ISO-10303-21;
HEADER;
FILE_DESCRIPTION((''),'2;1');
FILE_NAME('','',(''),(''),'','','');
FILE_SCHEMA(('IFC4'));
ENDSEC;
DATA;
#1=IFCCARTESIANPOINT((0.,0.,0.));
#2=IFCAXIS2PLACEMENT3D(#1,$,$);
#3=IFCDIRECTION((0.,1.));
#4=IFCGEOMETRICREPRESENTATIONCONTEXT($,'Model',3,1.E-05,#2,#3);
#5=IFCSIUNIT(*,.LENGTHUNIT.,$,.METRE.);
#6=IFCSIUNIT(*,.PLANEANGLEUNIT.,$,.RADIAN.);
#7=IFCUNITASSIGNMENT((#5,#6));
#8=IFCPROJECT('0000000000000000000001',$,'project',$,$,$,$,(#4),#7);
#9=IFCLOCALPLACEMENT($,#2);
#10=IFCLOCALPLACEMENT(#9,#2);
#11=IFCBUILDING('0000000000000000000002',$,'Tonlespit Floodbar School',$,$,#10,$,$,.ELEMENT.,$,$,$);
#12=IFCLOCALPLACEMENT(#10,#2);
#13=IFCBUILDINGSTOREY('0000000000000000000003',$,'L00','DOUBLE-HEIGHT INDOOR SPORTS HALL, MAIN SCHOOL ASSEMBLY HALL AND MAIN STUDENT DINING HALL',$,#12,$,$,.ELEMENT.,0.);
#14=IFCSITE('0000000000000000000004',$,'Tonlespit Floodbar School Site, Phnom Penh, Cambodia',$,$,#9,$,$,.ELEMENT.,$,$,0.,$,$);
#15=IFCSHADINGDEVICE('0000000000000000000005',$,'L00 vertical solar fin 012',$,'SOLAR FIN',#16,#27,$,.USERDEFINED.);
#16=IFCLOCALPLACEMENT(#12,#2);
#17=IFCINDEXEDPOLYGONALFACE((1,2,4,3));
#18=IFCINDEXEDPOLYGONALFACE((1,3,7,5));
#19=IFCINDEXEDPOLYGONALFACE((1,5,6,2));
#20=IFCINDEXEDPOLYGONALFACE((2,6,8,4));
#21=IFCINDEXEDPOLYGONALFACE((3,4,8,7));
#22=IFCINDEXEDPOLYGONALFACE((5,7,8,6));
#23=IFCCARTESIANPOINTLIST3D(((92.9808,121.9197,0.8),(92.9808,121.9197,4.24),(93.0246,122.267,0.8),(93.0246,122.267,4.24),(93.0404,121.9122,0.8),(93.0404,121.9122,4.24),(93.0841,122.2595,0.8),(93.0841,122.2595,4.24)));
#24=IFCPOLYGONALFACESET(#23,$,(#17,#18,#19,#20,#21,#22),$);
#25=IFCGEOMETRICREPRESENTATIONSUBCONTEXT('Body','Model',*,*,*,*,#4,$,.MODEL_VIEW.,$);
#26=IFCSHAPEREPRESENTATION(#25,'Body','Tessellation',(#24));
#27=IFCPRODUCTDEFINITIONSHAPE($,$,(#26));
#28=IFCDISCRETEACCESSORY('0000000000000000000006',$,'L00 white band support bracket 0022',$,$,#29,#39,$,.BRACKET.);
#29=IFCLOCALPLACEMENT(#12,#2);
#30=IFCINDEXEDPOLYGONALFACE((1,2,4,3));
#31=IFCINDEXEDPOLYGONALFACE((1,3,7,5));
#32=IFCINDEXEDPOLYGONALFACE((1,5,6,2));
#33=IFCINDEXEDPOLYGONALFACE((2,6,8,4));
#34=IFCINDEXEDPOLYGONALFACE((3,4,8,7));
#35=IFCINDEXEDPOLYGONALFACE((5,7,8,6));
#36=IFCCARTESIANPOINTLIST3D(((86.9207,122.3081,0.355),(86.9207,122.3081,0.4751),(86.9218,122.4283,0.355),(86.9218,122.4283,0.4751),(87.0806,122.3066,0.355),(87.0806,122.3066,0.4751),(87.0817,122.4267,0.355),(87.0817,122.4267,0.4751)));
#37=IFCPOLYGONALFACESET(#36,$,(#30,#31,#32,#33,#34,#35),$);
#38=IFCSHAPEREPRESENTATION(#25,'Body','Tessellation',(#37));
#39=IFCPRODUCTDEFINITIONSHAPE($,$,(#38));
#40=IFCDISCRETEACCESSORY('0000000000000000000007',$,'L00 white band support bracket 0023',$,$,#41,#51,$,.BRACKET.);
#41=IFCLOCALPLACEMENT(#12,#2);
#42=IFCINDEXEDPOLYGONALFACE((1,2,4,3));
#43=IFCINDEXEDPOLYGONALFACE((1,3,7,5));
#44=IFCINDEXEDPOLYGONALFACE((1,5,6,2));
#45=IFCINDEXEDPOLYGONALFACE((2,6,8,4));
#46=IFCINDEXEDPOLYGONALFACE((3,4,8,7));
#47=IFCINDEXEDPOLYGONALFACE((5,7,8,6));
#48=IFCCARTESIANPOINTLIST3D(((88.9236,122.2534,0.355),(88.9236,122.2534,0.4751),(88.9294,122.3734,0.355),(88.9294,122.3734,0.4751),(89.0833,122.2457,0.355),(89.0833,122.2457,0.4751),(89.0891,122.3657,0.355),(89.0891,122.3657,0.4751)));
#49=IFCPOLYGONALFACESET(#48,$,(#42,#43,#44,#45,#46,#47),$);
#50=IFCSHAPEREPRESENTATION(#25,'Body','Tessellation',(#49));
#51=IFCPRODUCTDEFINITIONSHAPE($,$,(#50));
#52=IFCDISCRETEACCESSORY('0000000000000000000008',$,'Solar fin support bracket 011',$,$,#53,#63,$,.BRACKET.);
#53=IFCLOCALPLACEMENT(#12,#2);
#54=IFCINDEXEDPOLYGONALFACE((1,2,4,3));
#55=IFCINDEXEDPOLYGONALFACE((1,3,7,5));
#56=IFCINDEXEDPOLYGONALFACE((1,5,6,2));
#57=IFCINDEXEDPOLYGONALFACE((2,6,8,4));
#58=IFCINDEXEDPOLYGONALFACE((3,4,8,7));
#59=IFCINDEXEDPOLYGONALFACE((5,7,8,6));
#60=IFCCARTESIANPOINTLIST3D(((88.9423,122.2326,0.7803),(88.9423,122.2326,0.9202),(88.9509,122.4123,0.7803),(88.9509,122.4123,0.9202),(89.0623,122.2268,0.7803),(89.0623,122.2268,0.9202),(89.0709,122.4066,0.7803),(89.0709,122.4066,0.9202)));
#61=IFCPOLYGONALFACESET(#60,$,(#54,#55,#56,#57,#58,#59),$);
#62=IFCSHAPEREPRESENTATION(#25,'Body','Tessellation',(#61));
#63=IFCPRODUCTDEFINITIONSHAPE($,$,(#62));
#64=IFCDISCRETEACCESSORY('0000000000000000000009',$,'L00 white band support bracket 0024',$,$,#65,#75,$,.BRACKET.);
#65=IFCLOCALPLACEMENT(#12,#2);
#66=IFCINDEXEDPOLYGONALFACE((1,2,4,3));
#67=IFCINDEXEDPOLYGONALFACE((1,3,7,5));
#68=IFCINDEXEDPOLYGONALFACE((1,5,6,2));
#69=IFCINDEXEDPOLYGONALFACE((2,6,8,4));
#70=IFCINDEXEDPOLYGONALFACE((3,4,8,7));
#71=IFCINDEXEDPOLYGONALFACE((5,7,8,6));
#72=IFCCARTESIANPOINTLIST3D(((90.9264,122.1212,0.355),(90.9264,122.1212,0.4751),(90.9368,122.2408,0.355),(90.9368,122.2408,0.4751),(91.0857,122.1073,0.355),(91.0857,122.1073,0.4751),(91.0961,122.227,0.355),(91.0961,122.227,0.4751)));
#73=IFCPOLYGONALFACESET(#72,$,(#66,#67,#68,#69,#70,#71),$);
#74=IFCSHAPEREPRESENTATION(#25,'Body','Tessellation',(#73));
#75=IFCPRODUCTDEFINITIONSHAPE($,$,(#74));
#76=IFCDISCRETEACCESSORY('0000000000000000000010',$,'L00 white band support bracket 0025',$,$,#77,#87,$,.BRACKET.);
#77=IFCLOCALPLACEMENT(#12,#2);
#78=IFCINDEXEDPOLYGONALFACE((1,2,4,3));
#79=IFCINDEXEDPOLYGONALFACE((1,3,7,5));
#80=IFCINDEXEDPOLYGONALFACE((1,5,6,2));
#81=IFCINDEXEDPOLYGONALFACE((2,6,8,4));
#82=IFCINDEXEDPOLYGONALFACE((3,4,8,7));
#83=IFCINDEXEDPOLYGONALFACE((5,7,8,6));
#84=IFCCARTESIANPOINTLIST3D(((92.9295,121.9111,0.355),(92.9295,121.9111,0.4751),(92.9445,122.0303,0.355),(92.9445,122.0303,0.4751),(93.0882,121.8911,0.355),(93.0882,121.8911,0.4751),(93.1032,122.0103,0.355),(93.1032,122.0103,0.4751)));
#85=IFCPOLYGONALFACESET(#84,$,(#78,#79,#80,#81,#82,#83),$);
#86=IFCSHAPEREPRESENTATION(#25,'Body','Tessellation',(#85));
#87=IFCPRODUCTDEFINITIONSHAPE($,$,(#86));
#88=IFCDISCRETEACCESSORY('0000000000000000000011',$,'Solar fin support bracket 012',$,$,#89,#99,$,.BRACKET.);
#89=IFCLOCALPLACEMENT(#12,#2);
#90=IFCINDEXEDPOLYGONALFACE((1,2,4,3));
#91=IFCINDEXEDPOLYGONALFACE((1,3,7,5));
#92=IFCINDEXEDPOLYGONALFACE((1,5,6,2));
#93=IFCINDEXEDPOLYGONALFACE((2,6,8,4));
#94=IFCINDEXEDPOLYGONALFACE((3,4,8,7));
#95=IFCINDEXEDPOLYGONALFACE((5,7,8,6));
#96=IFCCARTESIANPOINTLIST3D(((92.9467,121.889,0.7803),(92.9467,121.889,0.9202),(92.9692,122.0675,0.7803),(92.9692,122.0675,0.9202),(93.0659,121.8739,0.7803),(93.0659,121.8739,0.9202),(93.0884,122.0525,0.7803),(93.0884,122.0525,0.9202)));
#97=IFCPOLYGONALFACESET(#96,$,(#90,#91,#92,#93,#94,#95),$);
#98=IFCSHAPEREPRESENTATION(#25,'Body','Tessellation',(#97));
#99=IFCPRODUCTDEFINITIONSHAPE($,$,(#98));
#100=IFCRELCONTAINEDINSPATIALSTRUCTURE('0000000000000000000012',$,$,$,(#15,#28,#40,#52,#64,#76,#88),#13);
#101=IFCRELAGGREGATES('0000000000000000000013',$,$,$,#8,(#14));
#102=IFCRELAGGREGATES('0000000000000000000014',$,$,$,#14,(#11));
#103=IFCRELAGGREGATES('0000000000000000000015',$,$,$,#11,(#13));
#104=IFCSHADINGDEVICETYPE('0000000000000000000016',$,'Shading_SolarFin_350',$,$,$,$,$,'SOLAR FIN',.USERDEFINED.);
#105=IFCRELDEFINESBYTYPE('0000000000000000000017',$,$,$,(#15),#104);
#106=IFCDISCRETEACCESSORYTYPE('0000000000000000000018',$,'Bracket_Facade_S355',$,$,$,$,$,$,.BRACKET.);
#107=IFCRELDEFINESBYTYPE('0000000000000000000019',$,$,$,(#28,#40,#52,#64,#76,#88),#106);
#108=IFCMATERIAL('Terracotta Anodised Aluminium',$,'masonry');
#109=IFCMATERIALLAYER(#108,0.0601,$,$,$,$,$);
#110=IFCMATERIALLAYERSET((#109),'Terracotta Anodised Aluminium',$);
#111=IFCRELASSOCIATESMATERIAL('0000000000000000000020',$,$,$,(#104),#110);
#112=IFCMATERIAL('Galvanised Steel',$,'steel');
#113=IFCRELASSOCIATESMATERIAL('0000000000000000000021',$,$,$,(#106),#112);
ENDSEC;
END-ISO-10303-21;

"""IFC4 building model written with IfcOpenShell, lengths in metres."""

from ifc_helpers import new_model, si_unit, direction, frame, origin, origin_2d, place, context, subcontext, project, spatial, rectangle, extrude, material, layer, layer_set, type_object, element, save


model = new_model("IFC4")

# Units and contexts
model_context = context("Model", 3, precision=1e-05, world=origin(), true_north=direction((0.0, 1.0)))
body_context = subcontext(model_context, "Body", "Model", "MODEL_VIEW")
ifc_project = project(units=[si_unit("LENGTHUNIT", "METRE"), si_unit("PLANEANGLEUNIT", "RADIAN")], contexts=[model_context])

# Site, building, storey
site_placement = place(None, origin())
site = spatial("IfcSite", under=ifc_project, at=site_placement, Name="Tonlespit Floodbar School Site, Phnom Penh, Cambodia", CompositionType="ELEMENT", RefElevation=0.0)
building_placement = place(site_placement, origin())
building = spatial("IfcBuilding", under=site, at=building_placement, Name="Tonlespit Floodbar School", CompositionType="ELEMENT")
storey_placement = place(building_placement, origin())
storey = spatial("IfcBuildingStorey", under=building, at=storey_placement, Name="L00", Description="DOUBLE-HEIGHT INDOOR SPORTS HALL, MAIN SCHOOL ASSEMBLY HALL AND MAIN STUDENT DINING HALL", CompositionType="ELEMENT", Elevation=0.0)

# Shading device
ifc_material_1 = material(Name="Terracotta Anodised Aluminium", Category="masonry")
ifc_layer_1 = layer(ifc_material_1, 0.0601)
ifc_layer_set_1 = layer_set([ifc_layer_1], Name="Terracotta Anodised Aluminium")
shading_device_type = type_object("IfcShadingDeviceType", Name="Shading_SolarFin_350", ElementType="SOLAR FIN", PredefinedType="USERDEFINED", material=ifc_layer_set_1)
for number, where, z_axis, x_axis, name in (
    (1, (93.0325, 122.0896, 0.8), (0.0, 0.0, 1.0), (0.992155, -0.125011, 0.0), "L00 vertical solar fin 012"),
):
    element("IfcShadingDevice", number, at=place(storey_placement, frame(where, z_axis=z_axis, x_axis=x_axis)), inside=storey, type_object=shading_device_type, Name=name, ObjectType="SOLAR FIN", PredefinedType="USERDEFINED", context=body_context, shape_type="SweptSolid", body=[
        extrude(rectangle(XDim=0.0601, YDim=0.3501, at=origin_2d()), origin(), (0.0, 0.0, 1.0), 3.4399),
    ])

# Discrete accessories
ifc_material_2 = material(Name="Galvanised Steel", Category="steel")
discrete_accessory_type = type_object("IfcDiscreteAccessoryType", Name="Bracket_Facade_S355", PredefinedType="BRACKET", material=ifc_material_2)
for number, where, z_axis, x_axis, name in (
    (2, (87.0012, 122.3674, 0.355), (0.0, 0.0, 1.0), (0.999954, -0.009599, 0.0), "L00 white band support bracket 0022"),
    (3, (89.0063, 122.3096, 0.355), (0.0, 0.0, 1.0), (0.998843, -0.048095, 0.0), "L00 white band support bracket 0023"),
):
    element("IfcDiscreteAccessory", number, at=place(storey_placement, frame(where, z_axis=z_axis, x_axis=x_axis)), inside=storey, type_object=discrete_accessory_type, Name=name, PredefinedType="BRACKET", context=body_context, shape_type="SweptSolid", body=[
        extrude(rectangle(XDim=0.1599, YDim=0.1201, at=origin_2d()), origin(), (0.0, 0.0, 1.0), 0.1201),
    ])
discrete_accessory_1_placement = place(storey_placement, frame((89.0066, 122.3196, 0.7803), z_axis=(0.0, 0.0, 1.0), x_axis=(0.998843, -0.048095, 0.0)))
element("IfcDiscreteAccessory", 4, at=discrete_accessory_1_placement, inside=storey, type_object=discrete_accessory_type, Name="Solar fin support bracket 011", PredefinedType="BRACKET", context=body_context, shape_type="SweptSolid", body=[
    extrude(rectangle(XDim=0.1201, YDim=0.1799, at=origin_2d()), origin(), (0.0, 0.0, 1.0), 0.1399),
])
for number, where, z_axis, x_axis, name in (
    (5, (91.0112, 122.1741, 0.355), (0.0, 0.0, 1.0), (0.996245, -0.086573, 0.0), "L00 white band support bracket 0024"),
    (6, (93.0164, 121.9607, 0.355), (0.0, 0.0, 1.0), (0.992155, -0.125011, 0.0), "L00 white band support bracket 0025"),
):
    element("IfcDiscreteAccessory", number, at=place(storey_placement, frame(where, z_axis=z_axis, x_axis=x_axis)), inside=storey, type_object=discrete_accessory_type, Name=name, PredefinedType="BRACKET", context=body_context, shape_type="SweptSolid", body=[
        extrude(rectangle(XDim=0.1599, YDim=0.1201, at=origin_2d()), origin(), (0.0, 0.0, 1.0), 0.1201),
    ])
discrete_accessory_2_placement = place(storey_placement, frame((93.0176, 121.9707, 0.7803), z_axis=(0.0, 0.0, 1.0), x_axis=(0.992155, -0.125011, 0.0)))
element("IfcDiscreteAccessory", 7, at=discrete_accessory_2_placement, inside=storey, type_object=discrete_accessory_type, Name="Solar fin support bracket 012", PredefinedType="BRACKET", context=body_context, shape_type="SweptSolid", body=[
    extrude(rectangle(XDim=0.1201, YDim=0.1799, at=origin_2d()), origin(), (0.0, 0.0, 1.0), 0.1399),
])

save(model, "model.ifc")
